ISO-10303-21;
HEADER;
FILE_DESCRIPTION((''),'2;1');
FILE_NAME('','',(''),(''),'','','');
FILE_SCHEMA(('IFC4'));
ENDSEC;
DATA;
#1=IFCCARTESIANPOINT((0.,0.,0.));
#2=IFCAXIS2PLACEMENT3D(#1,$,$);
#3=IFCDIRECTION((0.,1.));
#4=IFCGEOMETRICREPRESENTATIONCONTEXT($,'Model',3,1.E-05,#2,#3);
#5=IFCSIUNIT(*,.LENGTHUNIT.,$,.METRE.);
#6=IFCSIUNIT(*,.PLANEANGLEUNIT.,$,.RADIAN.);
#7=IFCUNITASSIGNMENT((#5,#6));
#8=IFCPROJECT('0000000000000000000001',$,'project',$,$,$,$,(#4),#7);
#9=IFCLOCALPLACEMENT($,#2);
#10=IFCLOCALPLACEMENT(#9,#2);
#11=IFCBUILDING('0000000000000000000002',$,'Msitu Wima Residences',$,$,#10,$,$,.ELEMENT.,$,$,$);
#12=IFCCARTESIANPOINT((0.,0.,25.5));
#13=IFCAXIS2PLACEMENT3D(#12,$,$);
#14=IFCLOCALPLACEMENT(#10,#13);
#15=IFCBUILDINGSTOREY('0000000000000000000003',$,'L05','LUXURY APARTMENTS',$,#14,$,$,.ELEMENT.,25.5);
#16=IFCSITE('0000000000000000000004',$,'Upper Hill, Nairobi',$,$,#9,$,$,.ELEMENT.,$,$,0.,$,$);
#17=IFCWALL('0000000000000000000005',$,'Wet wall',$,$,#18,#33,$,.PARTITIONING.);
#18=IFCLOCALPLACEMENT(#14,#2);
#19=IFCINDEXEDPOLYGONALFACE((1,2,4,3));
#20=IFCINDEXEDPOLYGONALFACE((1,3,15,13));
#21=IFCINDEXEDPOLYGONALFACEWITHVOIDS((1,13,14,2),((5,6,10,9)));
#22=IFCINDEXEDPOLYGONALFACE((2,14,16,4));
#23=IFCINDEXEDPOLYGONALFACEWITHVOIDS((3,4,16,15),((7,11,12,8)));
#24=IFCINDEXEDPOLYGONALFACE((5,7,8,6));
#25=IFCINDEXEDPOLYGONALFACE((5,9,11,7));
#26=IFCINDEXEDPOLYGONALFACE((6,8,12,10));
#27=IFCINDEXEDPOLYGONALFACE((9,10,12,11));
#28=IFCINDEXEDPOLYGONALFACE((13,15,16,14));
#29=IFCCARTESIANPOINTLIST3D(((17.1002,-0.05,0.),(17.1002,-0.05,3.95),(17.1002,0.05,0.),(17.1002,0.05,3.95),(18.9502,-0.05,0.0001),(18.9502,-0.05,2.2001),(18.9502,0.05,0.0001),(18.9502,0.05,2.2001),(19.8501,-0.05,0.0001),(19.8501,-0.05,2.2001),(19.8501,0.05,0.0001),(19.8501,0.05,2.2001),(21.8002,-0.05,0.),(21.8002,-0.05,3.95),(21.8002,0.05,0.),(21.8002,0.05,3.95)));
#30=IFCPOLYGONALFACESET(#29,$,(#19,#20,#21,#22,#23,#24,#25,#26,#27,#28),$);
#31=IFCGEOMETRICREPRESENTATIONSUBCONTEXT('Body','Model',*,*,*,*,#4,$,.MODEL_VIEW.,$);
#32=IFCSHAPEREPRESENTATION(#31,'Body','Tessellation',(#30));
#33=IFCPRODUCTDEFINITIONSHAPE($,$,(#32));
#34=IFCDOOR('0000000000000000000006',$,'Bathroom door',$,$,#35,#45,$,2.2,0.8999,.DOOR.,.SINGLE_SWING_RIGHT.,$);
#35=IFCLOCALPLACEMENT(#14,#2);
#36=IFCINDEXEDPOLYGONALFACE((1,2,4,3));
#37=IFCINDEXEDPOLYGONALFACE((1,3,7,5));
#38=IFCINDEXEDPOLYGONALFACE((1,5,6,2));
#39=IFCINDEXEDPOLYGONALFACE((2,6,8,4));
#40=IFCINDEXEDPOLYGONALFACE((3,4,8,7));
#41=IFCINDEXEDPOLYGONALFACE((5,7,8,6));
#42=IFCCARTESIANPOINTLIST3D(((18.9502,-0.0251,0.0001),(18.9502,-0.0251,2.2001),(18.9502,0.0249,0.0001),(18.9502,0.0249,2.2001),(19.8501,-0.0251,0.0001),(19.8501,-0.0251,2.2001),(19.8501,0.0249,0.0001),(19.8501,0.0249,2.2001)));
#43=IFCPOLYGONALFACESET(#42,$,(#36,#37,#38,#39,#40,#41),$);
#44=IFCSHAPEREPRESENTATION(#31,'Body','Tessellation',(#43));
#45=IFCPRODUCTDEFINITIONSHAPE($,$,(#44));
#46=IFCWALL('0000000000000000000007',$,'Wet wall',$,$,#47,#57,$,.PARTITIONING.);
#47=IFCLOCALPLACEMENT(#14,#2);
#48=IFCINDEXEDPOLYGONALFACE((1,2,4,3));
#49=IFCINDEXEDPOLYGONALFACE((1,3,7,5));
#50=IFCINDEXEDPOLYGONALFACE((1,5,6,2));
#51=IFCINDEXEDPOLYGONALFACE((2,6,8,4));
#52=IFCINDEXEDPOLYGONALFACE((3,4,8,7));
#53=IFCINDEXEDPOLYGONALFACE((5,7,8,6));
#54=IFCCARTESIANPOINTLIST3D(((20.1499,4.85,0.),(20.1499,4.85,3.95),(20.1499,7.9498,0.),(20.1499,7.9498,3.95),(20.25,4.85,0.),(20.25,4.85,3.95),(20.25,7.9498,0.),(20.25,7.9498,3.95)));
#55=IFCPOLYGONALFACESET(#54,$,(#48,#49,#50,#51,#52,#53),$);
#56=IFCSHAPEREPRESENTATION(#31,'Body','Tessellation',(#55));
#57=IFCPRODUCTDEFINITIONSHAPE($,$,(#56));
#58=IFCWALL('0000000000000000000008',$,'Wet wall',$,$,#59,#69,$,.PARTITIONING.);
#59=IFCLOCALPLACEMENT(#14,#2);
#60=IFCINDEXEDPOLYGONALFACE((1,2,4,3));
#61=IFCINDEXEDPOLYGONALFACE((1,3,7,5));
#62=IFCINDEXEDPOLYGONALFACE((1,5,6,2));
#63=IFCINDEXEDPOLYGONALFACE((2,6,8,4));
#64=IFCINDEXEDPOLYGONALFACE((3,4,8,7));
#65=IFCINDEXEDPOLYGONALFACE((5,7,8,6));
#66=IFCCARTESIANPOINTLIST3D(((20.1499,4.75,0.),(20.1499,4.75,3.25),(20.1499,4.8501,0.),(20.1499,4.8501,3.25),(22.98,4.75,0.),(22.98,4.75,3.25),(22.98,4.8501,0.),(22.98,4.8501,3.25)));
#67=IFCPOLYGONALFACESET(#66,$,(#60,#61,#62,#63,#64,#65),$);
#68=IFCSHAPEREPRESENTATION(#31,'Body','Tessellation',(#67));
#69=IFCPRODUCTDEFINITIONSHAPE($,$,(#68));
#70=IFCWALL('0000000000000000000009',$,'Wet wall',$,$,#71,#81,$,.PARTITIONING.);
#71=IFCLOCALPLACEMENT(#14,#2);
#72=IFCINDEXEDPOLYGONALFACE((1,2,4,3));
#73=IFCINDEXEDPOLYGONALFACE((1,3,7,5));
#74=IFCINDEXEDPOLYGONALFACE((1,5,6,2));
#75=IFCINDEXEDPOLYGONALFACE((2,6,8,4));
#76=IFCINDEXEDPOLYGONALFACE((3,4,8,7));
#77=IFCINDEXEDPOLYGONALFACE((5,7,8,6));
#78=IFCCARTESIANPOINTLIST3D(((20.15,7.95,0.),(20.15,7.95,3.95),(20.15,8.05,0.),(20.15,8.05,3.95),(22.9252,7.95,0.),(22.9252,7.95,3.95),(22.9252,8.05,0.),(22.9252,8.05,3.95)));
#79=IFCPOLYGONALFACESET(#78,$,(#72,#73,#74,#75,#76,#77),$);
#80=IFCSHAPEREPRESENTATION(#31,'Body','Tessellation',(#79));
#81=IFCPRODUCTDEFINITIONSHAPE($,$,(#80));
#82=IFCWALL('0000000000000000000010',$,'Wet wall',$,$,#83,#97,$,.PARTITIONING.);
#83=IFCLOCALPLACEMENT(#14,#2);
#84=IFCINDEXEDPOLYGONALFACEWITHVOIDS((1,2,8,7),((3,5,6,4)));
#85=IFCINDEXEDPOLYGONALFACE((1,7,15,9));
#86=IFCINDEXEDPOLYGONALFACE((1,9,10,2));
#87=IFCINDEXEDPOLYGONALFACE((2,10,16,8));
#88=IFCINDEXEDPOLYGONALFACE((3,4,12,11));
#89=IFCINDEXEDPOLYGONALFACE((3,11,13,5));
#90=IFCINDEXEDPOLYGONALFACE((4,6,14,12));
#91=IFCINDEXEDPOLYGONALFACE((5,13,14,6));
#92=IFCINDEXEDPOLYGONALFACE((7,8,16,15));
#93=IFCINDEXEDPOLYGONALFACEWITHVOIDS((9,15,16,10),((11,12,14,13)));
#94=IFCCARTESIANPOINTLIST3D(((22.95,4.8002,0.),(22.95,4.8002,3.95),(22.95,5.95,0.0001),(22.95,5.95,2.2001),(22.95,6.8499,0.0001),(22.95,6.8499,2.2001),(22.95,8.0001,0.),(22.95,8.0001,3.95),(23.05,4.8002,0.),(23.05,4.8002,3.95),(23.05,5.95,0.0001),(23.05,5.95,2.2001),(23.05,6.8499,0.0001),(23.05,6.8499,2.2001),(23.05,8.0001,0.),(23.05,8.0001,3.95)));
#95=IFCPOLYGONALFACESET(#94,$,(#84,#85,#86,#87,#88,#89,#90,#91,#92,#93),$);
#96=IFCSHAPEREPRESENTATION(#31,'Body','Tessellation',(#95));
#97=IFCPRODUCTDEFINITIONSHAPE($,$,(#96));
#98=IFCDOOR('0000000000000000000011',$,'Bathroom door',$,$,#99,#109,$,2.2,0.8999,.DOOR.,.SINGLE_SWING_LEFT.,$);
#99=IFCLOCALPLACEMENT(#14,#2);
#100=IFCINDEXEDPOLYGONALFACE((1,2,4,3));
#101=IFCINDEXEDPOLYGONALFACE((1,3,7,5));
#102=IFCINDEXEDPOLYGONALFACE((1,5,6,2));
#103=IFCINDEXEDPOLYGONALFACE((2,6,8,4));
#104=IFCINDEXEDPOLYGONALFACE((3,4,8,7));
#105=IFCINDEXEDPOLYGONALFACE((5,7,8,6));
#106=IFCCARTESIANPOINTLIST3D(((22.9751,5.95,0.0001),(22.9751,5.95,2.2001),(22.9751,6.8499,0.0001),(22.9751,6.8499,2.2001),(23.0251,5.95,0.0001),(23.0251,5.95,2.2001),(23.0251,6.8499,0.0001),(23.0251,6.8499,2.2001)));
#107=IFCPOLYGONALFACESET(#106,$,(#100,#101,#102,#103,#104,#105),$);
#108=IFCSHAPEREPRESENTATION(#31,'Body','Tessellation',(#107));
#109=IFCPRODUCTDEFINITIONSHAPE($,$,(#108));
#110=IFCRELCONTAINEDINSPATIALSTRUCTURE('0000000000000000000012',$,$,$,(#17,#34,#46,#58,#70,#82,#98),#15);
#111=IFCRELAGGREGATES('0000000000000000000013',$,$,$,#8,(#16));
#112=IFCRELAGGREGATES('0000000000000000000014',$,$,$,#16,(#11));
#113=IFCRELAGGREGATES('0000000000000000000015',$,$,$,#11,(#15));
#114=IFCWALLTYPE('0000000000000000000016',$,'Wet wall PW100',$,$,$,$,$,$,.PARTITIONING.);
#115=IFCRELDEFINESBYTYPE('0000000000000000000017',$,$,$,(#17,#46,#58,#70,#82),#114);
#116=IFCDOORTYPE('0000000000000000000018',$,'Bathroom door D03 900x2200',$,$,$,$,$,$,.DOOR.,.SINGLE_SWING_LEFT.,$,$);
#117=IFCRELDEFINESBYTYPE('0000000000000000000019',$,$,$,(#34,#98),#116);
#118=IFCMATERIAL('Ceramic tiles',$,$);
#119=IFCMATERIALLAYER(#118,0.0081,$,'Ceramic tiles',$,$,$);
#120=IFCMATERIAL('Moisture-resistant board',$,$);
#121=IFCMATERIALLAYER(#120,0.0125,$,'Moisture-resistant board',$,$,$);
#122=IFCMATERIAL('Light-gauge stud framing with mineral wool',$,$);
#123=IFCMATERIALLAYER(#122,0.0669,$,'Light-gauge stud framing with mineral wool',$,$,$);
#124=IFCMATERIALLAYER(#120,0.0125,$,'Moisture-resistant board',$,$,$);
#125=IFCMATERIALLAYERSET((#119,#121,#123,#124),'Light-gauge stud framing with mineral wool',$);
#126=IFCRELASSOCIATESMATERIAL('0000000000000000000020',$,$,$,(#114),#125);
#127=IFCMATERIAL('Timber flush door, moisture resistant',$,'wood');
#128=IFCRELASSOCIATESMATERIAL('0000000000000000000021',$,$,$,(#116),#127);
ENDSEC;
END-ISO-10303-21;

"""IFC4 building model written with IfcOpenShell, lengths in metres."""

from ifc_helpers import new_model, si_unit, direction, frame, frame_2d, origin, place, context, subcontext, project, spatial, rectangle, extrude, material, layer, layer_set, type_object, element, fill, save


model = new_model("IFC4")

# Units and contexts
model_context = context("Model", 3, precision=1e-05, world=origin(), true_north=direction((0.0, 1.0)))
body_context = subcontext(model_context, "Body", "Model", "MODEL_VIEW")
ifc_project = project(units=[si_unit("LENGTHUNIT", "METRE"), si_unit("PLANEANGLEUNIT", "RADIAN")], contexts=[model_context])

# Site, building, storey
site_placement = place(None, origin())
site = spatial("IfcSite", under=ifc_project, at=site_placement, Name="Upper Hill, Nairobi", CompositionType="ELEMENT", RefElevation=0.0)
building_placement = place(site_placement, origin())
building = spatial("IfcBuilding", under=site, at=building_placement, Name="Msitu Wima Residences", CompositionType="ELEMENT")
storey_placement = place(building_placement, frame((0.0, 0.0, 25.5)))
storey = spatial("IfcBuildingStorey", under=building, at=storey_placement, Name="L05", Description="LUXURY APARTMENTS", CompositionType="ELEMENT", Elevation=25.5)

# Wall, opening, door
ifc_material_1 = material(Name="Ceramic tiles")
ifc_layer_1 = layer(ifc_material_1, 0.0081, Name="Ceramic tiles")
ifc_material_2 = material(Name="Moisture-resistant board")
ifc_layer_2 = layer(ifc_material_2, 0.0125, Name="Moisture-resistant board")
ifc_material_3 = material(Name="Light-gauge stud framing with mineral wool")
ifc_layer_3 = layer(ifc_material_3, 0.0669, Name="Light-gauge stud framing with mineral wool")
ifc_layer_4 = layer(ifc_material_2, 0.0125, Name="Moisture-resistant board")
ifc_layer_set_1 = layer_set([ifc_layer_1, ifc_layer_2, ifc_layer_3, ifc_layer_4], Name="Light-gauge stud framing with mineral wool")
wall_type_1 = type_object("IfcWallType", Name="Wet wall PW100", PredefinedType="PARTITIONING", material=ifc_layer_set_1)
wall_1_placement = place(storey_placement, frame((17.1001, 0.0, 0.0), z_axis=(0.0, 0.0, 1.0), x_axis=(1.0, 0.0, 0.0)))
wall_1 = element("IfcWall", 1, at=wall_1_placement, inside=storey, type_object=wall_type_1, Name="Wet wall", PredefinedType="PARTITIONING", context=body_context, shape_type="SweptSolid", body=[
    extrude(rectangle(XDim=4.7, YDim=0.1001, at=frame_2d((2.3501, 0.0))), origin(), (0.0, 0.0, 1.0), 3.95),
])
opening_1_placement = place(wall_1_placement, frame((1.8501, 0.0, 0.0)))
opening_1 = element("IfcOpeningElement", 2, at=opening_1_placement, cuts=wall_1, PredefinedType="OPENING", context=body_context, shape_type="SweptSolid", body=[
    extrude(rectangle(XDim=0.8999, YDim=2.2, at=frame_2d((0.45, 1.1001))), frame((0.0, 0.0601, 0.0), z_axis=(0.0, -1.0, 0.0), x_axis=(1.0, 0.0, 0.0)), (0.0, 0.0, 1.0), 0.1201),
])
ifc_material_4 = material(Name="Timber flush door, moisture resistant", Category="wood")
door_type_1 = type_object("IfcDoorType", Name="Bathroom door D03 900x2200", OperationType="SINGLE_SWING_LEFT", PredefinedType="DOOR", material=ifc_material_4)
door_1_placement = place(opening_1_placement, origin())
door_1 = element("IfcDoor", 3, at=door_1_placement, inside=storey, type_object=door_type_1, Name="Bathroom door", OperationType="SINGLE_SWING_RIGHT", OverallHeight=2.2, OverallWidth=0.8999, PredefinedType="DOOR", context=body_context, shape_type="SweptSolid", body=[
    extrude(rectangle(XDim=0.8999, YDim=2.2, at=frame_2d((0.45, 1.1001))), frame((0.0, 0.0249, 0.0), z_axis=(0.0, -1.0, 0.0), x_axis=(1.0, 0.0, 0.0)), (0.0, 0.0, 1.0), 0.05),
])
fill(opening_1, door_1)

# Walls
wall_2_placement = place(storey_placement, frame((20.2, 4.8501, 0.0), z_axis=(0.0, 0.0, 1.0), x_axis=(0.0, 1.0, 0.0)))
element("IfcWall", 4, at=wall_2_placement, inside=storey, type_object=wall_type_1, Name="Wet wall", PredefinedType="PARTITIONING", context=body_context, shape_type="SweptSolid", body=[
    extrude(rectangle(XDim=3.0999, YDim=0.1001, at=frame_2d((1.5498, 0.0))), origin(), (0.0, 0.0, 1.0), 3.95),
])
wall_3_placement = place(storey_placement, frame((20.1499, 4.8, 0.0), z_axis=(0.0, 0.0, 1.0), x_axis=(1.0, 0.0, 0.0)))
element("IfcWall", 5, at=wall_3_placement, inside=storey, type_object=wall_type_1, Name="Wet wall", PredefinedType="PARTITIONING", context=body_context, shape_type="SweptSolid", body=[
    extrude(rectangle(XDim=2.8301, YDim=0.1001, at=frame_2d((1.415, 0.0))), origin(), (0.0, 0.0, 1.0), 3.25),
])
wall_4_placement = place(storey_placement, frame((20.1499, 8.0, 0.0), z_axis=(0.0, 0.0, 1.0), x_axis=(1.0, 0.0, 0.0)))
element("IfcWall", 6, at=wall_4_placement, inside=storey, type_object=wall_type_1, Name="Wet wall", PredefinedType="PARTITIONING", context=body_context, shape_type="SweptSolid", body=[
    extrude(rectangle(XDim=2.7751, YDim=0.1001, at=frame_2d((1.3877, 0.0))), origin(), (0.0, 0.0, 1.0), 3.95),
])

# Wall, opening, door
wall_5_placement = place(storey_placement, frame((23.0, 4.8, 0.0), z_axis=(0.0, 0.0, 1.0), x_axis=(0.0, 1.0, 0.0)))
wall_5 = element("IfcWall", 7, at=wall_5_placement, inside=storey, type_object=wall_type_1, Name="Wet wall", PredefinedType="PARTITIONING", context=body_context, shape_type="SweptSolid", body=[
    extrude(rectangle(XDim=3.2, YDim=0.1001, at=frame_2d((1.6001, 0.0))), origin(), (0.0, 0.0, 1.0), 3.95),
])
opening_2_placement = place(wall_5_placement, frame((1.1499, 0.0, 0.0)))
opening_2 = element("IfcOpeningElement", 8, at=opening_2_placement, cuts=wall_5, PredefinedType="OPENING", context=body_context, shape_type="SweptSolid", body=[
    extrude(rectangle(XDim=0.8999, YDim=2.2, at=frame_2d((0.45, 1.1001))), frame((0.0, 0.0601, 0.0), z_axis=(0.0, -1.0, 0.0), x_axis=(1.0, 0.0, 0.0)), (0.0, 0.0, 1.0), 0.1201),
])
door_2_placement = place(opening_2_placement, origin())
door_2 = element("IfcDoor", 9, at=door_2_placement, inside=storey, type_object=door_type_1, Name="Bathroom door", OperationType="SINGLE_SWING_LEFT", OverallHeight=2.2, OverallWidth=0.8999, PredefinedType="DOOR", context=body_context, shape_type="SweptSolid", body=[
    extrude(rectangle(XDim=0.8999, YDim=2.2, at=frame_2d((0.45, 1.1001))), frame((0.0, 0.0249, 0.0), z_axis=(0.0, -1.0, 0.0), x_axis=(1.0, 0.0, 0.0)), (0.0, 0.0, 1.0), 0.05),
])
fill(opening_2, door_2)

save(model, "model.ifc")
